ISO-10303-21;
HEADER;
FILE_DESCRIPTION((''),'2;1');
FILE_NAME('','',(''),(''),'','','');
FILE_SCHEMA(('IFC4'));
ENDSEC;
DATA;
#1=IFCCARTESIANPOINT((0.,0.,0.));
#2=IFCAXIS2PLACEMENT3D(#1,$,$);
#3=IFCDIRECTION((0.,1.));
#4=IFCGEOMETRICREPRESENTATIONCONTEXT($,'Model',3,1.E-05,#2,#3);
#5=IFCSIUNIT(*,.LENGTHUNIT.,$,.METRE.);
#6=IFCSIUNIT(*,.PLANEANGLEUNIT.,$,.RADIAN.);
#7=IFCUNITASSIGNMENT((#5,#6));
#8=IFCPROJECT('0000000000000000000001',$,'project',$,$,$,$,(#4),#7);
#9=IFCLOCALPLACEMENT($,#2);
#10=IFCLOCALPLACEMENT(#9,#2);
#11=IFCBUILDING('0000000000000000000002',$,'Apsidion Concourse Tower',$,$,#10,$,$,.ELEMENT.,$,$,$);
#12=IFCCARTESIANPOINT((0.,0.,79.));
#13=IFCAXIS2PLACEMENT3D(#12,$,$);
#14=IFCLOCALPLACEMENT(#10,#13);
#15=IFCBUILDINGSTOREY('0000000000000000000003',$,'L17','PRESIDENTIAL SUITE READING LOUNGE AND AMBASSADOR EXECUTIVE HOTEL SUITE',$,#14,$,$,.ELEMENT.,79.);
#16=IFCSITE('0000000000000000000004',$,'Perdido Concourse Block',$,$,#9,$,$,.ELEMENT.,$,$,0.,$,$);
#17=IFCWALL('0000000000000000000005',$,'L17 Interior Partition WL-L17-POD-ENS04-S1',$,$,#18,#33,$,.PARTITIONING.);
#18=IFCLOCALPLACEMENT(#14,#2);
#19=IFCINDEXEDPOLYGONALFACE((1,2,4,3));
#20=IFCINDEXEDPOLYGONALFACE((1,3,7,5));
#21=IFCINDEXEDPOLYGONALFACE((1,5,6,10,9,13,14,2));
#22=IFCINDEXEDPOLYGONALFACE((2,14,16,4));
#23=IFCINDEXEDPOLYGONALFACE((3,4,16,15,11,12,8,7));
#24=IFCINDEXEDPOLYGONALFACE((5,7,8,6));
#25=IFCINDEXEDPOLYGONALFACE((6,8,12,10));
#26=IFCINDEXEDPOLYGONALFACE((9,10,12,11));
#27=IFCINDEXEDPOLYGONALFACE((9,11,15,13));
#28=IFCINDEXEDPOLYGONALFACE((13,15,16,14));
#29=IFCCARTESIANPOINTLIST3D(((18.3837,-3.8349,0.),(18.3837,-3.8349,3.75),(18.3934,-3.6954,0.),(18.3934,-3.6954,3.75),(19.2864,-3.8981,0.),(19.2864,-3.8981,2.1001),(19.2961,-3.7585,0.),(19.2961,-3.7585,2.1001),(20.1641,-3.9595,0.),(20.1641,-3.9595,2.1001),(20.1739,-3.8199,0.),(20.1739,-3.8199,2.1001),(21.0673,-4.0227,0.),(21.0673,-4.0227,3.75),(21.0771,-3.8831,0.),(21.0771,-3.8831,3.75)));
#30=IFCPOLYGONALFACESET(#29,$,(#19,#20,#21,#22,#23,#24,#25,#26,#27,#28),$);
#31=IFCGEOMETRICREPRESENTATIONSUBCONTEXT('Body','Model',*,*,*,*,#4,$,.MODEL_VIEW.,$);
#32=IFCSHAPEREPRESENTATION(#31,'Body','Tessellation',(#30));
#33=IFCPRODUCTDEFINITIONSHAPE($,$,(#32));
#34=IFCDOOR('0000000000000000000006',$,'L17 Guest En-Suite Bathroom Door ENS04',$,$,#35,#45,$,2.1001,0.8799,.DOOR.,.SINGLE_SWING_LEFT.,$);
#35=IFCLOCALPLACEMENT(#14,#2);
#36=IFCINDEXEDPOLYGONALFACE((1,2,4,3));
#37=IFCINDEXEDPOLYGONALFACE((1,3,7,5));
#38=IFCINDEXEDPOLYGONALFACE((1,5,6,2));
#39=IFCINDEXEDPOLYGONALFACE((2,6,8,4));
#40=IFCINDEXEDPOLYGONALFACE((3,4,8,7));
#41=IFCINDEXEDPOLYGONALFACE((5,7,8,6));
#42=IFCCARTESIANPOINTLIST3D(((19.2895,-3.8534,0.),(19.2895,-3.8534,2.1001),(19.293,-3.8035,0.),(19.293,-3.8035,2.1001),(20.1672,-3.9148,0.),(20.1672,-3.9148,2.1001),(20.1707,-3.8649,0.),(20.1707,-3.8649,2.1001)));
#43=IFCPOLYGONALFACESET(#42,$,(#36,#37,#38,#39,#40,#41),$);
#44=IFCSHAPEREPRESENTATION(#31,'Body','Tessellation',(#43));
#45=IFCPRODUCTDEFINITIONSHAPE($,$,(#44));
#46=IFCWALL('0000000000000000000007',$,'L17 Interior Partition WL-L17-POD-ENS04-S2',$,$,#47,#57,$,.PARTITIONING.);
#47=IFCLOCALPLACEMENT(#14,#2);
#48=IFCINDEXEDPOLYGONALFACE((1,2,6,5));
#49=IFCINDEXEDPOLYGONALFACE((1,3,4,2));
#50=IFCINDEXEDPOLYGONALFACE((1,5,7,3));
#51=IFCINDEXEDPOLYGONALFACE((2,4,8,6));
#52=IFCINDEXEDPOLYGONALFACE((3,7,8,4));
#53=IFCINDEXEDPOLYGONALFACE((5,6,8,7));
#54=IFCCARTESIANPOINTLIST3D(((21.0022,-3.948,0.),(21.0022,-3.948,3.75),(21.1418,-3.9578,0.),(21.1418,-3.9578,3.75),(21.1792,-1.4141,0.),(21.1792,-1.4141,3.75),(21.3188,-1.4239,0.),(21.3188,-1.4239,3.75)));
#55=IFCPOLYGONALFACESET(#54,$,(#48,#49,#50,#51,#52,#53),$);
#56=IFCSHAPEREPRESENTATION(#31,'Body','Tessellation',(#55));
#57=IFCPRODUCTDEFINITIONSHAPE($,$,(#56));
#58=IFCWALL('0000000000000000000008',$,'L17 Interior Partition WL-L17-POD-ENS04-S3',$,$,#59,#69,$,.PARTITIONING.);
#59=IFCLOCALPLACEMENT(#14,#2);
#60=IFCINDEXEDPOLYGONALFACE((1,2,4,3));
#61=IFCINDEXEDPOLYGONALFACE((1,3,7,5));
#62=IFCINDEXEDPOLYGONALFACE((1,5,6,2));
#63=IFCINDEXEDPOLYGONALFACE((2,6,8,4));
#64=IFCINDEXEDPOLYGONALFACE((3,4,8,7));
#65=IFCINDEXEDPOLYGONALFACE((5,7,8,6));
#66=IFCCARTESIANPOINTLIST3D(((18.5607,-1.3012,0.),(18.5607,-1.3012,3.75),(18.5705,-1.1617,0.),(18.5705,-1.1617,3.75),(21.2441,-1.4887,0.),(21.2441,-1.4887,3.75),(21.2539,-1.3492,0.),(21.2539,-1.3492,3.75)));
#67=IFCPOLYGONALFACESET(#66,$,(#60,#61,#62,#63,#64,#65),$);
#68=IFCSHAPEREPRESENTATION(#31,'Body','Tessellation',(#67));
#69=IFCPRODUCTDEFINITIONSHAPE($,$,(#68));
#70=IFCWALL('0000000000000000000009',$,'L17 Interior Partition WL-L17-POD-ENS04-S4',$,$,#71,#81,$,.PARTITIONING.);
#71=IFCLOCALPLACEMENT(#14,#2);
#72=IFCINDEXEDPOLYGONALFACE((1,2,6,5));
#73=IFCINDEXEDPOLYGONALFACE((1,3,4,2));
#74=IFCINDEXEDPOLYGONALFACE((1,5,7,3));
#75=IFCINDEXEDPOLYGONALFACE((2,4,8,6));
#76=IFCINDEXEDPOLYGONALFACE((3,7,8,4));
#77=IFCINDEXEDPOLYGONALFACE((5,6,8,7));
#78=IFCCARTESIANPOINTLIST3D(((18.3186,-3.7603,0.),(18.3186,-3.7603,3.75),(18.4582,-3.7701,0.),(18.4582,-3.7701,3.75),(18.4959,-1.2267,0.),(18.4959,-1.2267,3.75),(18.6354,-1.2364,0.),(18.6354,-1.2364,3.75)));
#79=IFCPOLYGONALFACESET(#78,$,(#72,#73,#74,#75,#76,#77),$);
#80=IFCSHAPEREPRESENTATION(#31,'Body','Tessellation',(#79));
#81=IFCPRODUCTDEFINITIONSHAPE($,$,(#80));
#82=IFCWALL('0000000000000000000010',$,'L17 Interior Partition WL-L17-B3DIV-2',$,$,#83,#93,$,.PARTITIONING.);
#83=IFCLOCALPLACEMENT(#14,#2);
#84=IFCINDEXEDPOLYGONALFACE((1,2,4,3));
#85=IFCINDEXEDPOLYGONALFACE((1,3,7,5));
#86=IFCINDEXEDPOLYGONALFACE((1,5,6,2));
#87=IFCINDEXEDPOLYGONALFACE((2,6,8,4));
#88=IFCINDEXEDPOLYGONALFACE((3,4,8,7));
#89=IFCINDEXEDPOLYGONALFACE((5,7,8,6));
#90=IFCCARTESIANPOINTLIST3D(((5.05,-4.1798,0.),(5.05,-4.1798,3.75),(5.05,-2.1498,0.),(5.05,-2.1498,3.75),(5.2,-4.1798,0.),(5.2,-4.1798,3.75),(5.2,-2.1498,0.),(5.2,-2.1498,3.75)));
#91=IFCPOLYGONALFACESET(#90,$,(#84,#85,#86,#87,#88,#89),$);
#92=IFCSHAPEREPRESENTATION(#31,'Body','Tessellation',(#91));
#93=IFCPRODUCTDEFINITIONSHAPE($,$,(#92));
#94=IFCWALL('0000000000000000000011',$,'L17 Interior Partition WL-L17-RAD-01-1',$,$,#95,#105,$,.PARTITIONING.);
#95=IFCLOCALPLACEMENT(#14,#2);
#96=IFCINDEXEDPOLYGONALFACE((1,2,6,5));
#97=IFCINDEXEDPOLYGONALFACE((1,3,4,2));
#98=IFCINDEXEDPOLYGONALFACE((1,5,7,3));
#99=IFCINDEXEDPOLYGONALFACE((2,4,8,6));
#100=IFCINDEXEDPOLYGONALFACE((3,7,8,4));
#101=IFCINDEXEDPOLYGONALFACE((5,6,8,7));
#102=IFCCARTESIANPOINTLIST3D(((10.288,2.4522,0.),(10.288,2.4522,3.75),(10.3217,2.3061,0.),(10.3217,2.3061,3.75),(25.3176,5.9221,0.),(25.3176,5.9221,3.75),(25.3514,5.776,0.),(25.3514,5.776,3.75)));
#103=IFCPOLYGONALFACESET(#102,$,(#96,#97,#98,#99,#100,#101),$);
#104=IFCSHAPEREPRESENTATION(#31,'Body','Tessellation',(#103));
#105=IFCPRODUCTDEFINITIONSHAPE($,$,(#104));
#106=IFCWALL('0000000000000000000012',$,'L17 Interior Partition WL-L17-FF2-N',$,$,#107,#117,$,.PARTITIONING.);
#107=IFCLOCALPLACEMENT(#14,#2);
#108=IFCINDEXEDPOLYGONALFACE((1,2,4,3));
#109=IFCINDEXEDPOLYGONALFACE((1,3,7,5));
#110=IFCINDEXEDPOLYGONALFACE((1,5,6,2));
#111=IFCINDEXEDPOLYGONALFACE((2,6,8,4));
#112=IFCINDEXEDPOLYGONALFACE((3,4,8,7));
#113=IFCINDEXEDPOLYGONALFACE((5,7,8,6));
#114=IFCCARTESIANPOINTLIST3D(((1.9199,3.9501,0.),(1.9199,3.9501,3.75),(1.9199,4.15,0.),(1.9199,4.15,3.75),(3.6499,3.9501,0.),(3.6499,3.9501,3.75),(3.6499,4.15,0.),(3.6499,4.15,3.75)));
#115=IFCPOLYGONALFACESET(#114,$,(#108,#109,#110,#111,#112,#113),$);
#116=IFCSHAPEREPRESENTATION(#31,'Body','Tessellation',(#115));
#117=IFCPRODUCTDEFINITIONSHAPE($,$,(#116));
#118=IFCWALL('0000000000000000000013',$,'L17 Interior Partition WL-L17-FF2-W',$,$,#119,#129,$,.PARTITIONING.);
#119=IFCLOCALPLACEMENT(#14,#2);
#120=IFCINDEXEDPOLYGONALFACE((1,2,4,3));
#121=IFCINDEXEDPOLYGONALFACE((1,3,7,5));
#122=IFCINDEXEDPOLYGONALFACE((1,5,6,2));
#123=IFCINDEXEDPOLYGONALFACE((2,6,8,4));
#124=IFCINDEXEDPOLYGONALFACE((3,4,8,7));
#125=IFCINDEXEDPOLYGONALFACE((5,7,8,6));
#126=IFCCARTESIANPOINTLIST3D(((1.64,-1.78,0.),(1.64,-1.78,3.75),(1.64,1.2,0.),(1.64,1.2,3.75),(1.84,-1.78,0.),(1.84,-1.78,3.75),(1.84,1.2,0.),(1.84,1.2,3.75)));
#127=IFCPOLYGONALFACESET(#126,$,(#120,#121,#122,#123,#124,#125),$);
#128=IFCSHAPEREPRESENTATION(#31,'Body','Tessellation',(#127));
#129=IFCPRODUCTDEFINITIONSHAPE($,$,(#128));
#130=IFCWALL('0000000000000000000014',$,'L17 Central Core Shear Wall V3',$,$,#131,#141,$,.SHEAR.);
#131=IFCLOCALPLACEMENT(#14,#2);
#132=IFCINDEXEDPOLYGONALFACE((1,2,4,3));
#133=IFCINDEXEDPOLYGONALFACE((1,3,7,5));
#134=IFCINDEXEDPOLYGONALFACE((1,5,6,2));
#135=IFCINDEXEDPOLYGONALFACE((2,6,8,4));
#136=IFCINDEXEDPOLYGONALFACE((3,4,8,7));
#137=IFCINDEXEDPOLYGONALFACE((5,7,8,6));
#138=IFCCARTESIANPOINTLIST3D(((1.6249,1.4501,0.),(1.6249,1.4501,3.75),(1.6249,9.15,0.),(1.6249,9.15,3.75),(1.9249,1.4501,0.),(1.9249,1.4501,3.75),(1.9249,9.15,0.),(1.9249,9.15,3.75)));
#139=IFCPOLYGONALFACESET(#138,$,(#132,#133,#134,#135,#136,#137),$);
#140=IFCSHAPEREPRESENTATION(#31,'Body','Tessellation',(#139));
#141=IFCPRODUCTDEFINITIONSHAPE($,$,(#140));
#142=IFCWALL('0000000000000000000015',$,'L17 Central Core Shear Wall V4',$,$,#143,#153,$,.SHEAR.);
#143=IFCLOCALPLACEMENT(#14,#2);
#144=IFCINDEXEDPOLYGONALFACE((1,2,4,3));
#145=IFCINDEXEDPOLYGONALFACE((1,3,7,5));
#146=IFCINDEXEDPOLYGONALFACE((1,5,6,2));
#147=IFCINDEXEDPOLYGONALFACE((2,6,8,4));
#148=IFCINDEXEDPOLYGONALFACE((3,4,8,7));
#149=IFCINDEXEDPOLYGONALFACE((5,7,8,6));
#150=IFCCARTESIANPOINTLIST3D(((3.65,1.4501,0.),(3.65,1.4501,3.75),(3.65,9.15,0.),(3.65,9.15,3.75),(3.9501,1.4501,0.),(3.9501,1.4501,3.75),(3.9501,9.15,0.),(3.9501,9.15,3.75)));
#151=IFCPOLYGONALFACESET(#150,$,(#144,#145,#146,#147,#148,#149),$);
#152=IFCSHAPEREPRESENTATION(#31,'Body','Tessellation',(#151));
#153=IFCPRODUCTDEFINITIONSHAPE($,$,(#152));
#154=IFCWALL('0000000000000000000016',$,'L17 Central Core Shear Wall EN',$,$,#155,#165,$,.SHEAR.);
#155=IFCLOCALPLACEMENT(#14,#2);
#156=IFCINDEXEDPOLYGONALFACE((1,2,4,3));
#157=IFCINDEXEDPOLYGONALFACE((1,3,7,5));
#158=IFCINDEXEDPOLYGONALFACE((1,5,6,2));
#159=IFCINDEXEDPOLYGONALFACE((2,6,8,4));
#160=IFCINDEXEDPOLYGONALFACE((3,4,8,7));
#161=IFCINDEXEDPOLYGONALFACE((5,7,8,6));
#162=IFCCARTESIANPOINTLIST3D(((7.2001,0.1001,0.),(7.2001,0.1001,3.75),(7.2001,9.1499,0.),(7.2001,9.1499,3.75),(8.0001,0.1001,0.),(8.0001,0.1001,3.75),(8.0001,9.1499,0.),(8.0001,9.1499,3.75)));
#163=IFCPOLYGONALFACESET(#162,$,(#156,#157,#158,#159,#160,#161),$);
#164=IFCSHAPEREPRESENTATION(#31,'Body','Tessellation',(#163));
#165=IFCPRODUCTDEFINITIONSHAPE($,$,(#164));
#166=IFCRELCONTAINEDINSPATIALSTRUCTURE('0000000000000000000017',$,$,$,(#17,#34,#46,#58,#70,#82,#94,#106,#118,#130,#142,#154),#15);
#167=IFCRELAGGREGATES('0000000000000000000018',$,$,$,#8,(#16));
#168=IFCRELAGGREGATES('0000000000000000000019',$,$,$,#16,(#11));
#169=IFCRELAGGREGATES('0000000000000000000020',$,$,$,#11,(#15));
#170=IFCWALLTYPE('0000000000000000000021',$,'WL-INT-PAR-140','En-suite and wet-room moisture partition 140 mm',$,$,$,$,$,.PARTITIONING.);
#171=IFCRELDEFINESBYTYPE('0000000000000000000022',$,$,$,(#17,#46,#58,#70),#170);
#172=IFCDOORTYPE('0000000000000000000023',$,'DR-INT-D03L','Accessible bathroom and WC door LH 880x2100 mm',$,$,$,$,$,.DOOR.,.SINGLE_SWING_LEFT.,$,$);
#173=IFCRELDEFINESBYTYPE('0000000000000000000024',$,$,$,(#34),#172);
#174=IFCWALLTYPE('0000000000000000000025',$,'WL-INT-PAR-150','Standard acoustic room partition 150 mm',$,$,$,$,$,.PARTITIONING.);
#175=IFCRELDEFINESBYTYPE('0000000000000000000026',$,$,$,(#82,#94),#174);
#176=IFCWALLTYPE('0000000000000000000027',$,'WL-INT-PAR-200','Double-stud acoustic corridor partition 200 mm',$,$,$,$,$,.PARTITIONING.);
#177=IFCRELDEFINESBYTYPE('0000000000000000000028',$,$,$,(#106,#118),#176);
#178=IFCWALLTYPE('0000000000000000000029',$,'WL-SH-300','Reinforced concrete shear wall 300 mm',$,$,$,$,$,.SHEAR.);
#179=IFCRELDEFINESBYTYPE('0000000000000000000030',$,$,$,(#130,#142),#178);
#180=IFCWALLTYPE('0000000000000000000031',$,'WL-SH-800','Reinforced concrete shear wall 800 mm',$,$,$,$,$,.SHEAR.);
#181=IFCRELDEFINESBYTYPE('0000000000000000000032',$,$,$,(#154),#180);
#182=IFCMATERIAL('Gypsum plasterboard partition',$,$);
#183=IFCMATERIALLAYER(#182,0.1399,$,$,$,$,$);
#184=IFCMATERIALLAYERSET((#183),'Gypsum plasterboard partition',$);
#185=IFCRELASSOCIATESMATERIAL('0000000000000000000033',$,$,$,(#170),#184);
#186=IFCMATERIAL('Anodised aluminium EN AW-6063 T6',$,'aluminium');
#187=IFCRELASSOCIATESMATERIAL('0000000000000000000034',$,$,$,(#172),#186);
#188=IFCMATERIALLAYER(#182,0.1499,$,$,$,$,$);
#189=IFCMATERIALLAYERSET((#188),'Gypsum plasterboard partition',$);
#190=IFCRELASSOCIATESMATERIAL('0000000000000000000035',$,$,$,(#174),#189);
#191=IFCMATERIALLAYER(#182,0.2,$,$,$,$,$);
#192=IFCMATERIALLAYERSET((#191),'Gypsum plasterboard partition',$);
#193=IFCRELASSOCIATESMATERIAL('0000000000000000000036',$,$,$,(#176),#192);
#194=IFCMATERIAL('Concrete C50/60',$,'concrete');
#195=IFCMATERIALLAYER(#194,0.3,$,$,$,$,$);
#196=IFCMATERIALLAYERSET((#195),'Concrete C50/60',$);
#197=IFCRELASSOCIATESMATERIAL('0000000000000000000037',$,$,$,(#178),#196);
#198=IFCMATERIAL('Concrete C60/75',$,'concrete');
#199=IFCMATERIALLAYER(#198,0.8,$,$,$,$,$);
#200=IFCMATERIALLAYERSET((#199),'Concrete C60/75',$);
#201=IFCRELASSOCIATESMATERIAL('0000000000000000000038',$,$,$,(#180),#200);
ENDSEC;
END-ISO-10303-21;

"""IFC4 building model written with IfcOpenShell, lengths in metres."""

from ifc_helpers import new_model, si_unit, direction, frame, frame_2d, origin, place, context, subcontext, project, spatial, rectangle, extrude, material, layer, layer_set, type_object, element, fill, save


model = new_model("IFC4")

# Units and contexts
model_context = context("Model", 3, precision=1e-05, world=origin(), true_north=direction((0.0, 1.0)))
body_context = subcontext(model_context, "Body", "Model", "MODEL_VIEW")
ifc_project = project(units=[si_unit("LENGTHUNIT", "METRE"), si_unit("PLANEANGLEUNIT", "RADIAN")], contexts=[model_context])

# Site, building, storey
site_placement = place(None, origin())
site = spatial("IfcSite", under=ifc_project, at=site_placement, Name="Perdido Concourse Block", CompositionType="ELEMENT", RefElevation=0.0)
building_placement = place(site_placement, origin())
building = spatial("IfcBuilding", under=site, at=building_placement, Name="Apsidion Concourse Tower", CompositionType="ELEMENT")
storey_placement = place(building_placement, frame((0.0, 0.0, 79.0)))
storey = spatial("IfcBuildingStorey", under=building, at=storey_placement, Name="L17", Description="PRESIDENTIAL SUITE READING LOUNGE AND AMBASSADOR EXECUTIVE HOTEL SUITE", CompositionType="ELEMENT", Elevation=79.0)

# Shared definitions
ifc_material_1 = material(Name="Concrete C60/75", Category="concrete")

# Shared definitions
ifc_material_2 = material(Name="Concrete C50/60", Category="concrete")

# Wall, opening, door
ifc_material_3 = material(Name="Gypsum plasterboard partition")
ifc_layer_1 = layer(ifc_material_3, 0.1399)
ifc_layer_set_1 = layer_set([ifc_layer_1], Name="Gypsum plasterboard partition")
wall_type_1 = type_object("IfcWallType", Name="WL-INT-PAR-140", Description="En-suite and wet-room moisture partition 140 mm", PredefinedType="PARTITIONING", material=ifc_layer_set_1)
wall_1_placement = place(storey_placement, frame((18.3884, -3.7651, 0.0), z_axis=(0.0, 0.0, 1.0), x_axis=(0.997562, -0.069789, 0.0)))
wall_1 = element("IfcWall", 1, at=wall_1_placement, inside=storey, type_object=wall_type_1, Name="L17 Interior Partition WL-L17-POD-ENS04-S1", PredefinedType="PARTITIONING", context=body_context, shape_type="SweptSolid", body=[
    extrude(rectangle(XDim=2.6902, YDim=0.1399, at=frame_2d((1.3452, 0.0))), origin(), (0.0, 0.0, 1.0), 3.75),
])
opening_placement = place(wall_1_placement, frame((0.905, 0.0, 0.0)))
opening = element("IfcOpeningElement", 2, at=opening_placement, cuts=wall_1, PredefinedType="OPENING", context=body_context, shape_type="SweptSolid", body=[
    extrude(rectangle(XDim=0.8799, YDim=2.1001, at=frame_2d((0.4399, 1.05))), frame((0.0, 0.0801, 0.0), z_axis=(0.0, -1.0, 0.0), x_axis=(1.0, 0.0, 0.0)), (0.0, 0.0, 1.0), 0.1599),
])
ifc_material_4 = material(Name="Anodised aluminium EN AW-6063 T6", Category="aluminium")
door_type = type_object("IfcDoorType", Name="DR-INT-D03L", Description="Accessible bathroom and WC door LH 880x2100 mm", OperationType="SINGLE_SWING_LEFT", PredefinedType="DOOR", material=ifc_material_4)
door_placement = place(opening_placement, origin())
door = element("IfcDoor", 3, at=door_placement, inside=storey, type_object=door_type, Name="L17 Guest En-Suite Bathroom Door ENS04", OperationType="SINGLE_SWING_LEFT", OverallHeight=2.1001, OverallWidth=0.8799, PredefinedType="DOOR", context=body_context, shape_type="SweptSolid", body=[
    extrude(rectangle(XDim=0.8799, YDim=2.1001, at=frame_2d((0.4399, 1.05))), frame((0.0, 0.0249, 0.0), z_axis=(0.0, -1.0, 0.0), x_axis=(1.0, 0.0, 0.0)), (0.0, 0.0, 1.0), 0.05),
])
fill(opening, door)

# Walls
wall_2_placement = place(storey_placement, frame((21.072, -3.9529, 0.0), z_axis=(0.0, 0.0, 1.0), x_axis=(0.069683, 0.997569, 0.0)))
element("IfcWall", 4, at=wall_2_placement, inside=storey, type_object=wall_type_1, Name="L17 Interior Partition WL-L17-POD-ENS04-S2", PredefinedType="PARTITIONING", context=body_context, shape_type="SweptSolid", body=[
    extrude(rectangle(XDim=2.54, YDim=0.1399, at=frame_2d((1.27, 0.0))), origin(), (0.0, 0.0, 1.0), 3.75),
])
wall_3_placement = place(storey_placement, frame((21.249, -1.4189, 0.0), z_axis=(0.0, 0.0, 1.0), x_axis=(-0.997568, 0.069705, 0.0)))
element("IfcWall", 5, at=wall_3_placement, inside=storey, type_object=wall_type_1, Name="L17 Interior Partition WL-L17-POD-ENS04-S3", PredefinedType="PARTITIONING", context=body_context, shape_type="SweptSolid", body=[
    extrude(rectangle(XDim=2.6899, YDim=0.1399, at=frame_2d((1.345, 0.0))), origin(), (0.0, 0.0, 1.0), 3.75),
])
wall_4_placement = place(storey_placement, frame((18.5657, -1.2314, 0.0), z_axis=(0.0, 0.0, 1.0), x_axis=(-0.069785, -0.997562, 0.0)))
element("IfcWall", 6, at=wall_4_placement, inside=storey, type_object=wall_type_1, Name="L17 Interior Partition WL-L17-POD-ENS04-S4", PredefinedType="PARTITIONING", context=body_context, shape_type="SweptSolid", body=[
    extrude(rectangle(XDim=2.5398, YDim=0.1399, at=frame_2d((1.27, 0.0))), origin(), (0.0, 0.0, 1.0), 3.75),
])
ifc_layer_2 = layer(ifc_material_3, 0.1499)
ifc_layer_set_2 = layer_set([ifc_layer_2], Name="Gypsum plasterboard partition")
wall_type_2 = type_object("IfcWallType", Name="WL-INT-PAR-150", Description="Standard acoustic room partition 150 mm", PredefinedType="PARTITIONING", material=ifc_layer_set_2)
wall_5_placement = place(storey_placement, frame((5.125, -4.1799, 0.0), z_axis=(0.0, 0.0, 1.0), x_axis=(0.0, 1.0, 0.0)))
element("IfcWall", 7, at=wall_5_placement, inside=storey, type_object=wall_type_2, Name="L17 Interior Partition WL-L17-B3DIV-2", PredefinedType="PARTITIONING", context=body_context, shape_type="SweptSolid", body=[
    extrude(rectangle(XDim=2.03, YDim=0.1499, at=frame_2d((1.0151, 0.0))), origin(), (0.0, 0.0, 1.0), 3.75),
])
wall_6_placement = place(storey_placement, frame((10.3049, 2.3792, 0.0), z_axis=(0.0, 0.0, 1.0), x_axis=(0.974369, 0.224955, 0.0)))
element("IfcWall", 8, at=wall_6_placement, inside=storey, type_object=wall_type_2, Name="L17 Interior Partition WL-L17-RAD-01-1", PredefinedType="PARTITIONING", context=body_context, shape_type="SweptSolid", body=[
    extrude(rectangle(XDim=15.425, YDim=0.1499, at=frame_2d((7.7124, 0.0))), origin(), (0.0, 0.0, 1.0), 3.75),
])
ifc_layer_3 = layer(ifc_material_3, 0.2)
ifc_layer_set_3 = layer_set([ifc_layer_3], Name="Gypsum plasterboard partition")
wall_type_3 = type_object("IfcWallType", Name="WL-INT-PAR-200", Description="Double-stud acoustic corridor partition 200 mm", PredefinedType="PARTITIONING", material=ifc_layer_set_3)
wall_7_placement = place(storey_placement, frame((1.9199, 4.05, 0.0), z_axis=(0.0, 0.0, 1.0), x_axis=(1.0, 0.0, 0.0)))
element("IfcWall", 9, at=wall_7_placement, inside=storey, type_object=wall_type_3, Name="L17 Interior Partition WL-L17-FF2-N", PredefinedType="PARTITIONING", context=body_context, shape_type="SweptSolid", body=[
    extrude(rectangle(XDim=1.73, YDim=0.2, at=frame_2d((0.865, 0.0))), origin(), (0.0, 0.0, 1.0), 3.75),
])
wall_8_placement = place(storey_placement, frame((1.74, -1.78, 0.0), z_axis=(0.0, 0.0, 1.0), x_axis=(0.0, 1.0, 0.0)))
element("IfcWall", 10, at=wall_8_placement, inside=storey, type_object=wall_type_3, Name="L17 Interior Partition WL-L17-FF2-W", PredefinedType="PARTITIONING", context=body_context, shape_type="SweptSolid", body=[
    extrude(rectangle(XDim=2.98, YDim=0.2, at=frame_2d((1.49, 0.0))), origin(), (0.0, 0.0, 1.0), 3.75),
])
ifc_layer_4 = layer(ifc_material_2, 0.3)
ifc_layer_set_4 = layer_set([ifc_layer_4], Name="Concrete C50/60")
wall_type_4 = type_object("IfcWallType", Name="WL-SH-300", Description="Reinforced concrete shear wall 300 mm", PredefinedType="SHEAR", material=ifc_layer_set_4)
for number, where, z_axis, x_axis, name in (
    (11, (1.7749, 1.45, 0.0), (0.0, 0.0, 1.0), (0.0, 1.0, 0.0), "L17 Central Core Shear Wall V3"),
    (12, (3.8, 1.45, 0.0), (0.0, 0.0, 1.0), (0.0, 1.0, 0.0), "L17 Central Core Shear Wall V4"),
):
    element("IfcWall", number, at=place(storey_placement, frame(where, z_axis=z_axis, x_axis=x_axis)), inside=storey, type_object=wall_type_4, Name=name, PredefinedType="SHEAR", context=body_context, shape_type="SweptSolid", body=[
        extrude(rectangle(XDim=7.7, YDim=0.3, at=frame_2d((3.8501, 0.0))), origin(), (0.0, 0.0, 1.0), 3.75),
    ])
ifc_layer_5 = layer(ifc_material_1, 0.8)
ifc_layer_set_5 = layer_set([ifc_layer_5], Name="Concrete C60/75")
wall_type_5 = type_object("IfcWallType", Name="WL-SH-800", Description="Reinforced concrete shear wall 800 mm", PredefinedType="SHEAR", material=ifc_layer_set_5)
wall_9_placement = place(storey_placement, frame((7.6001, 0.1001, 0.0), z_axis=(0.0, 0.0, 1.0), x_axis=(0.0, 1.0, 0.0)))
element("IfcWall", 13, at=wall_9_placement, inside=storey, type_object=wall_type_5, Name="L17 Central Core Shear Wall EN", PredefinedType="SHEAR", context=body_context, shape_type="SweptSolid", body=[
    extrude(rectangle(XDim=9.0498, YDim=0.8, at=frame_2d((4.5249, 0.0))), origin(), (0.0, 0.0, 1.0), 3.75),
])

save(model, "model.ifc")
